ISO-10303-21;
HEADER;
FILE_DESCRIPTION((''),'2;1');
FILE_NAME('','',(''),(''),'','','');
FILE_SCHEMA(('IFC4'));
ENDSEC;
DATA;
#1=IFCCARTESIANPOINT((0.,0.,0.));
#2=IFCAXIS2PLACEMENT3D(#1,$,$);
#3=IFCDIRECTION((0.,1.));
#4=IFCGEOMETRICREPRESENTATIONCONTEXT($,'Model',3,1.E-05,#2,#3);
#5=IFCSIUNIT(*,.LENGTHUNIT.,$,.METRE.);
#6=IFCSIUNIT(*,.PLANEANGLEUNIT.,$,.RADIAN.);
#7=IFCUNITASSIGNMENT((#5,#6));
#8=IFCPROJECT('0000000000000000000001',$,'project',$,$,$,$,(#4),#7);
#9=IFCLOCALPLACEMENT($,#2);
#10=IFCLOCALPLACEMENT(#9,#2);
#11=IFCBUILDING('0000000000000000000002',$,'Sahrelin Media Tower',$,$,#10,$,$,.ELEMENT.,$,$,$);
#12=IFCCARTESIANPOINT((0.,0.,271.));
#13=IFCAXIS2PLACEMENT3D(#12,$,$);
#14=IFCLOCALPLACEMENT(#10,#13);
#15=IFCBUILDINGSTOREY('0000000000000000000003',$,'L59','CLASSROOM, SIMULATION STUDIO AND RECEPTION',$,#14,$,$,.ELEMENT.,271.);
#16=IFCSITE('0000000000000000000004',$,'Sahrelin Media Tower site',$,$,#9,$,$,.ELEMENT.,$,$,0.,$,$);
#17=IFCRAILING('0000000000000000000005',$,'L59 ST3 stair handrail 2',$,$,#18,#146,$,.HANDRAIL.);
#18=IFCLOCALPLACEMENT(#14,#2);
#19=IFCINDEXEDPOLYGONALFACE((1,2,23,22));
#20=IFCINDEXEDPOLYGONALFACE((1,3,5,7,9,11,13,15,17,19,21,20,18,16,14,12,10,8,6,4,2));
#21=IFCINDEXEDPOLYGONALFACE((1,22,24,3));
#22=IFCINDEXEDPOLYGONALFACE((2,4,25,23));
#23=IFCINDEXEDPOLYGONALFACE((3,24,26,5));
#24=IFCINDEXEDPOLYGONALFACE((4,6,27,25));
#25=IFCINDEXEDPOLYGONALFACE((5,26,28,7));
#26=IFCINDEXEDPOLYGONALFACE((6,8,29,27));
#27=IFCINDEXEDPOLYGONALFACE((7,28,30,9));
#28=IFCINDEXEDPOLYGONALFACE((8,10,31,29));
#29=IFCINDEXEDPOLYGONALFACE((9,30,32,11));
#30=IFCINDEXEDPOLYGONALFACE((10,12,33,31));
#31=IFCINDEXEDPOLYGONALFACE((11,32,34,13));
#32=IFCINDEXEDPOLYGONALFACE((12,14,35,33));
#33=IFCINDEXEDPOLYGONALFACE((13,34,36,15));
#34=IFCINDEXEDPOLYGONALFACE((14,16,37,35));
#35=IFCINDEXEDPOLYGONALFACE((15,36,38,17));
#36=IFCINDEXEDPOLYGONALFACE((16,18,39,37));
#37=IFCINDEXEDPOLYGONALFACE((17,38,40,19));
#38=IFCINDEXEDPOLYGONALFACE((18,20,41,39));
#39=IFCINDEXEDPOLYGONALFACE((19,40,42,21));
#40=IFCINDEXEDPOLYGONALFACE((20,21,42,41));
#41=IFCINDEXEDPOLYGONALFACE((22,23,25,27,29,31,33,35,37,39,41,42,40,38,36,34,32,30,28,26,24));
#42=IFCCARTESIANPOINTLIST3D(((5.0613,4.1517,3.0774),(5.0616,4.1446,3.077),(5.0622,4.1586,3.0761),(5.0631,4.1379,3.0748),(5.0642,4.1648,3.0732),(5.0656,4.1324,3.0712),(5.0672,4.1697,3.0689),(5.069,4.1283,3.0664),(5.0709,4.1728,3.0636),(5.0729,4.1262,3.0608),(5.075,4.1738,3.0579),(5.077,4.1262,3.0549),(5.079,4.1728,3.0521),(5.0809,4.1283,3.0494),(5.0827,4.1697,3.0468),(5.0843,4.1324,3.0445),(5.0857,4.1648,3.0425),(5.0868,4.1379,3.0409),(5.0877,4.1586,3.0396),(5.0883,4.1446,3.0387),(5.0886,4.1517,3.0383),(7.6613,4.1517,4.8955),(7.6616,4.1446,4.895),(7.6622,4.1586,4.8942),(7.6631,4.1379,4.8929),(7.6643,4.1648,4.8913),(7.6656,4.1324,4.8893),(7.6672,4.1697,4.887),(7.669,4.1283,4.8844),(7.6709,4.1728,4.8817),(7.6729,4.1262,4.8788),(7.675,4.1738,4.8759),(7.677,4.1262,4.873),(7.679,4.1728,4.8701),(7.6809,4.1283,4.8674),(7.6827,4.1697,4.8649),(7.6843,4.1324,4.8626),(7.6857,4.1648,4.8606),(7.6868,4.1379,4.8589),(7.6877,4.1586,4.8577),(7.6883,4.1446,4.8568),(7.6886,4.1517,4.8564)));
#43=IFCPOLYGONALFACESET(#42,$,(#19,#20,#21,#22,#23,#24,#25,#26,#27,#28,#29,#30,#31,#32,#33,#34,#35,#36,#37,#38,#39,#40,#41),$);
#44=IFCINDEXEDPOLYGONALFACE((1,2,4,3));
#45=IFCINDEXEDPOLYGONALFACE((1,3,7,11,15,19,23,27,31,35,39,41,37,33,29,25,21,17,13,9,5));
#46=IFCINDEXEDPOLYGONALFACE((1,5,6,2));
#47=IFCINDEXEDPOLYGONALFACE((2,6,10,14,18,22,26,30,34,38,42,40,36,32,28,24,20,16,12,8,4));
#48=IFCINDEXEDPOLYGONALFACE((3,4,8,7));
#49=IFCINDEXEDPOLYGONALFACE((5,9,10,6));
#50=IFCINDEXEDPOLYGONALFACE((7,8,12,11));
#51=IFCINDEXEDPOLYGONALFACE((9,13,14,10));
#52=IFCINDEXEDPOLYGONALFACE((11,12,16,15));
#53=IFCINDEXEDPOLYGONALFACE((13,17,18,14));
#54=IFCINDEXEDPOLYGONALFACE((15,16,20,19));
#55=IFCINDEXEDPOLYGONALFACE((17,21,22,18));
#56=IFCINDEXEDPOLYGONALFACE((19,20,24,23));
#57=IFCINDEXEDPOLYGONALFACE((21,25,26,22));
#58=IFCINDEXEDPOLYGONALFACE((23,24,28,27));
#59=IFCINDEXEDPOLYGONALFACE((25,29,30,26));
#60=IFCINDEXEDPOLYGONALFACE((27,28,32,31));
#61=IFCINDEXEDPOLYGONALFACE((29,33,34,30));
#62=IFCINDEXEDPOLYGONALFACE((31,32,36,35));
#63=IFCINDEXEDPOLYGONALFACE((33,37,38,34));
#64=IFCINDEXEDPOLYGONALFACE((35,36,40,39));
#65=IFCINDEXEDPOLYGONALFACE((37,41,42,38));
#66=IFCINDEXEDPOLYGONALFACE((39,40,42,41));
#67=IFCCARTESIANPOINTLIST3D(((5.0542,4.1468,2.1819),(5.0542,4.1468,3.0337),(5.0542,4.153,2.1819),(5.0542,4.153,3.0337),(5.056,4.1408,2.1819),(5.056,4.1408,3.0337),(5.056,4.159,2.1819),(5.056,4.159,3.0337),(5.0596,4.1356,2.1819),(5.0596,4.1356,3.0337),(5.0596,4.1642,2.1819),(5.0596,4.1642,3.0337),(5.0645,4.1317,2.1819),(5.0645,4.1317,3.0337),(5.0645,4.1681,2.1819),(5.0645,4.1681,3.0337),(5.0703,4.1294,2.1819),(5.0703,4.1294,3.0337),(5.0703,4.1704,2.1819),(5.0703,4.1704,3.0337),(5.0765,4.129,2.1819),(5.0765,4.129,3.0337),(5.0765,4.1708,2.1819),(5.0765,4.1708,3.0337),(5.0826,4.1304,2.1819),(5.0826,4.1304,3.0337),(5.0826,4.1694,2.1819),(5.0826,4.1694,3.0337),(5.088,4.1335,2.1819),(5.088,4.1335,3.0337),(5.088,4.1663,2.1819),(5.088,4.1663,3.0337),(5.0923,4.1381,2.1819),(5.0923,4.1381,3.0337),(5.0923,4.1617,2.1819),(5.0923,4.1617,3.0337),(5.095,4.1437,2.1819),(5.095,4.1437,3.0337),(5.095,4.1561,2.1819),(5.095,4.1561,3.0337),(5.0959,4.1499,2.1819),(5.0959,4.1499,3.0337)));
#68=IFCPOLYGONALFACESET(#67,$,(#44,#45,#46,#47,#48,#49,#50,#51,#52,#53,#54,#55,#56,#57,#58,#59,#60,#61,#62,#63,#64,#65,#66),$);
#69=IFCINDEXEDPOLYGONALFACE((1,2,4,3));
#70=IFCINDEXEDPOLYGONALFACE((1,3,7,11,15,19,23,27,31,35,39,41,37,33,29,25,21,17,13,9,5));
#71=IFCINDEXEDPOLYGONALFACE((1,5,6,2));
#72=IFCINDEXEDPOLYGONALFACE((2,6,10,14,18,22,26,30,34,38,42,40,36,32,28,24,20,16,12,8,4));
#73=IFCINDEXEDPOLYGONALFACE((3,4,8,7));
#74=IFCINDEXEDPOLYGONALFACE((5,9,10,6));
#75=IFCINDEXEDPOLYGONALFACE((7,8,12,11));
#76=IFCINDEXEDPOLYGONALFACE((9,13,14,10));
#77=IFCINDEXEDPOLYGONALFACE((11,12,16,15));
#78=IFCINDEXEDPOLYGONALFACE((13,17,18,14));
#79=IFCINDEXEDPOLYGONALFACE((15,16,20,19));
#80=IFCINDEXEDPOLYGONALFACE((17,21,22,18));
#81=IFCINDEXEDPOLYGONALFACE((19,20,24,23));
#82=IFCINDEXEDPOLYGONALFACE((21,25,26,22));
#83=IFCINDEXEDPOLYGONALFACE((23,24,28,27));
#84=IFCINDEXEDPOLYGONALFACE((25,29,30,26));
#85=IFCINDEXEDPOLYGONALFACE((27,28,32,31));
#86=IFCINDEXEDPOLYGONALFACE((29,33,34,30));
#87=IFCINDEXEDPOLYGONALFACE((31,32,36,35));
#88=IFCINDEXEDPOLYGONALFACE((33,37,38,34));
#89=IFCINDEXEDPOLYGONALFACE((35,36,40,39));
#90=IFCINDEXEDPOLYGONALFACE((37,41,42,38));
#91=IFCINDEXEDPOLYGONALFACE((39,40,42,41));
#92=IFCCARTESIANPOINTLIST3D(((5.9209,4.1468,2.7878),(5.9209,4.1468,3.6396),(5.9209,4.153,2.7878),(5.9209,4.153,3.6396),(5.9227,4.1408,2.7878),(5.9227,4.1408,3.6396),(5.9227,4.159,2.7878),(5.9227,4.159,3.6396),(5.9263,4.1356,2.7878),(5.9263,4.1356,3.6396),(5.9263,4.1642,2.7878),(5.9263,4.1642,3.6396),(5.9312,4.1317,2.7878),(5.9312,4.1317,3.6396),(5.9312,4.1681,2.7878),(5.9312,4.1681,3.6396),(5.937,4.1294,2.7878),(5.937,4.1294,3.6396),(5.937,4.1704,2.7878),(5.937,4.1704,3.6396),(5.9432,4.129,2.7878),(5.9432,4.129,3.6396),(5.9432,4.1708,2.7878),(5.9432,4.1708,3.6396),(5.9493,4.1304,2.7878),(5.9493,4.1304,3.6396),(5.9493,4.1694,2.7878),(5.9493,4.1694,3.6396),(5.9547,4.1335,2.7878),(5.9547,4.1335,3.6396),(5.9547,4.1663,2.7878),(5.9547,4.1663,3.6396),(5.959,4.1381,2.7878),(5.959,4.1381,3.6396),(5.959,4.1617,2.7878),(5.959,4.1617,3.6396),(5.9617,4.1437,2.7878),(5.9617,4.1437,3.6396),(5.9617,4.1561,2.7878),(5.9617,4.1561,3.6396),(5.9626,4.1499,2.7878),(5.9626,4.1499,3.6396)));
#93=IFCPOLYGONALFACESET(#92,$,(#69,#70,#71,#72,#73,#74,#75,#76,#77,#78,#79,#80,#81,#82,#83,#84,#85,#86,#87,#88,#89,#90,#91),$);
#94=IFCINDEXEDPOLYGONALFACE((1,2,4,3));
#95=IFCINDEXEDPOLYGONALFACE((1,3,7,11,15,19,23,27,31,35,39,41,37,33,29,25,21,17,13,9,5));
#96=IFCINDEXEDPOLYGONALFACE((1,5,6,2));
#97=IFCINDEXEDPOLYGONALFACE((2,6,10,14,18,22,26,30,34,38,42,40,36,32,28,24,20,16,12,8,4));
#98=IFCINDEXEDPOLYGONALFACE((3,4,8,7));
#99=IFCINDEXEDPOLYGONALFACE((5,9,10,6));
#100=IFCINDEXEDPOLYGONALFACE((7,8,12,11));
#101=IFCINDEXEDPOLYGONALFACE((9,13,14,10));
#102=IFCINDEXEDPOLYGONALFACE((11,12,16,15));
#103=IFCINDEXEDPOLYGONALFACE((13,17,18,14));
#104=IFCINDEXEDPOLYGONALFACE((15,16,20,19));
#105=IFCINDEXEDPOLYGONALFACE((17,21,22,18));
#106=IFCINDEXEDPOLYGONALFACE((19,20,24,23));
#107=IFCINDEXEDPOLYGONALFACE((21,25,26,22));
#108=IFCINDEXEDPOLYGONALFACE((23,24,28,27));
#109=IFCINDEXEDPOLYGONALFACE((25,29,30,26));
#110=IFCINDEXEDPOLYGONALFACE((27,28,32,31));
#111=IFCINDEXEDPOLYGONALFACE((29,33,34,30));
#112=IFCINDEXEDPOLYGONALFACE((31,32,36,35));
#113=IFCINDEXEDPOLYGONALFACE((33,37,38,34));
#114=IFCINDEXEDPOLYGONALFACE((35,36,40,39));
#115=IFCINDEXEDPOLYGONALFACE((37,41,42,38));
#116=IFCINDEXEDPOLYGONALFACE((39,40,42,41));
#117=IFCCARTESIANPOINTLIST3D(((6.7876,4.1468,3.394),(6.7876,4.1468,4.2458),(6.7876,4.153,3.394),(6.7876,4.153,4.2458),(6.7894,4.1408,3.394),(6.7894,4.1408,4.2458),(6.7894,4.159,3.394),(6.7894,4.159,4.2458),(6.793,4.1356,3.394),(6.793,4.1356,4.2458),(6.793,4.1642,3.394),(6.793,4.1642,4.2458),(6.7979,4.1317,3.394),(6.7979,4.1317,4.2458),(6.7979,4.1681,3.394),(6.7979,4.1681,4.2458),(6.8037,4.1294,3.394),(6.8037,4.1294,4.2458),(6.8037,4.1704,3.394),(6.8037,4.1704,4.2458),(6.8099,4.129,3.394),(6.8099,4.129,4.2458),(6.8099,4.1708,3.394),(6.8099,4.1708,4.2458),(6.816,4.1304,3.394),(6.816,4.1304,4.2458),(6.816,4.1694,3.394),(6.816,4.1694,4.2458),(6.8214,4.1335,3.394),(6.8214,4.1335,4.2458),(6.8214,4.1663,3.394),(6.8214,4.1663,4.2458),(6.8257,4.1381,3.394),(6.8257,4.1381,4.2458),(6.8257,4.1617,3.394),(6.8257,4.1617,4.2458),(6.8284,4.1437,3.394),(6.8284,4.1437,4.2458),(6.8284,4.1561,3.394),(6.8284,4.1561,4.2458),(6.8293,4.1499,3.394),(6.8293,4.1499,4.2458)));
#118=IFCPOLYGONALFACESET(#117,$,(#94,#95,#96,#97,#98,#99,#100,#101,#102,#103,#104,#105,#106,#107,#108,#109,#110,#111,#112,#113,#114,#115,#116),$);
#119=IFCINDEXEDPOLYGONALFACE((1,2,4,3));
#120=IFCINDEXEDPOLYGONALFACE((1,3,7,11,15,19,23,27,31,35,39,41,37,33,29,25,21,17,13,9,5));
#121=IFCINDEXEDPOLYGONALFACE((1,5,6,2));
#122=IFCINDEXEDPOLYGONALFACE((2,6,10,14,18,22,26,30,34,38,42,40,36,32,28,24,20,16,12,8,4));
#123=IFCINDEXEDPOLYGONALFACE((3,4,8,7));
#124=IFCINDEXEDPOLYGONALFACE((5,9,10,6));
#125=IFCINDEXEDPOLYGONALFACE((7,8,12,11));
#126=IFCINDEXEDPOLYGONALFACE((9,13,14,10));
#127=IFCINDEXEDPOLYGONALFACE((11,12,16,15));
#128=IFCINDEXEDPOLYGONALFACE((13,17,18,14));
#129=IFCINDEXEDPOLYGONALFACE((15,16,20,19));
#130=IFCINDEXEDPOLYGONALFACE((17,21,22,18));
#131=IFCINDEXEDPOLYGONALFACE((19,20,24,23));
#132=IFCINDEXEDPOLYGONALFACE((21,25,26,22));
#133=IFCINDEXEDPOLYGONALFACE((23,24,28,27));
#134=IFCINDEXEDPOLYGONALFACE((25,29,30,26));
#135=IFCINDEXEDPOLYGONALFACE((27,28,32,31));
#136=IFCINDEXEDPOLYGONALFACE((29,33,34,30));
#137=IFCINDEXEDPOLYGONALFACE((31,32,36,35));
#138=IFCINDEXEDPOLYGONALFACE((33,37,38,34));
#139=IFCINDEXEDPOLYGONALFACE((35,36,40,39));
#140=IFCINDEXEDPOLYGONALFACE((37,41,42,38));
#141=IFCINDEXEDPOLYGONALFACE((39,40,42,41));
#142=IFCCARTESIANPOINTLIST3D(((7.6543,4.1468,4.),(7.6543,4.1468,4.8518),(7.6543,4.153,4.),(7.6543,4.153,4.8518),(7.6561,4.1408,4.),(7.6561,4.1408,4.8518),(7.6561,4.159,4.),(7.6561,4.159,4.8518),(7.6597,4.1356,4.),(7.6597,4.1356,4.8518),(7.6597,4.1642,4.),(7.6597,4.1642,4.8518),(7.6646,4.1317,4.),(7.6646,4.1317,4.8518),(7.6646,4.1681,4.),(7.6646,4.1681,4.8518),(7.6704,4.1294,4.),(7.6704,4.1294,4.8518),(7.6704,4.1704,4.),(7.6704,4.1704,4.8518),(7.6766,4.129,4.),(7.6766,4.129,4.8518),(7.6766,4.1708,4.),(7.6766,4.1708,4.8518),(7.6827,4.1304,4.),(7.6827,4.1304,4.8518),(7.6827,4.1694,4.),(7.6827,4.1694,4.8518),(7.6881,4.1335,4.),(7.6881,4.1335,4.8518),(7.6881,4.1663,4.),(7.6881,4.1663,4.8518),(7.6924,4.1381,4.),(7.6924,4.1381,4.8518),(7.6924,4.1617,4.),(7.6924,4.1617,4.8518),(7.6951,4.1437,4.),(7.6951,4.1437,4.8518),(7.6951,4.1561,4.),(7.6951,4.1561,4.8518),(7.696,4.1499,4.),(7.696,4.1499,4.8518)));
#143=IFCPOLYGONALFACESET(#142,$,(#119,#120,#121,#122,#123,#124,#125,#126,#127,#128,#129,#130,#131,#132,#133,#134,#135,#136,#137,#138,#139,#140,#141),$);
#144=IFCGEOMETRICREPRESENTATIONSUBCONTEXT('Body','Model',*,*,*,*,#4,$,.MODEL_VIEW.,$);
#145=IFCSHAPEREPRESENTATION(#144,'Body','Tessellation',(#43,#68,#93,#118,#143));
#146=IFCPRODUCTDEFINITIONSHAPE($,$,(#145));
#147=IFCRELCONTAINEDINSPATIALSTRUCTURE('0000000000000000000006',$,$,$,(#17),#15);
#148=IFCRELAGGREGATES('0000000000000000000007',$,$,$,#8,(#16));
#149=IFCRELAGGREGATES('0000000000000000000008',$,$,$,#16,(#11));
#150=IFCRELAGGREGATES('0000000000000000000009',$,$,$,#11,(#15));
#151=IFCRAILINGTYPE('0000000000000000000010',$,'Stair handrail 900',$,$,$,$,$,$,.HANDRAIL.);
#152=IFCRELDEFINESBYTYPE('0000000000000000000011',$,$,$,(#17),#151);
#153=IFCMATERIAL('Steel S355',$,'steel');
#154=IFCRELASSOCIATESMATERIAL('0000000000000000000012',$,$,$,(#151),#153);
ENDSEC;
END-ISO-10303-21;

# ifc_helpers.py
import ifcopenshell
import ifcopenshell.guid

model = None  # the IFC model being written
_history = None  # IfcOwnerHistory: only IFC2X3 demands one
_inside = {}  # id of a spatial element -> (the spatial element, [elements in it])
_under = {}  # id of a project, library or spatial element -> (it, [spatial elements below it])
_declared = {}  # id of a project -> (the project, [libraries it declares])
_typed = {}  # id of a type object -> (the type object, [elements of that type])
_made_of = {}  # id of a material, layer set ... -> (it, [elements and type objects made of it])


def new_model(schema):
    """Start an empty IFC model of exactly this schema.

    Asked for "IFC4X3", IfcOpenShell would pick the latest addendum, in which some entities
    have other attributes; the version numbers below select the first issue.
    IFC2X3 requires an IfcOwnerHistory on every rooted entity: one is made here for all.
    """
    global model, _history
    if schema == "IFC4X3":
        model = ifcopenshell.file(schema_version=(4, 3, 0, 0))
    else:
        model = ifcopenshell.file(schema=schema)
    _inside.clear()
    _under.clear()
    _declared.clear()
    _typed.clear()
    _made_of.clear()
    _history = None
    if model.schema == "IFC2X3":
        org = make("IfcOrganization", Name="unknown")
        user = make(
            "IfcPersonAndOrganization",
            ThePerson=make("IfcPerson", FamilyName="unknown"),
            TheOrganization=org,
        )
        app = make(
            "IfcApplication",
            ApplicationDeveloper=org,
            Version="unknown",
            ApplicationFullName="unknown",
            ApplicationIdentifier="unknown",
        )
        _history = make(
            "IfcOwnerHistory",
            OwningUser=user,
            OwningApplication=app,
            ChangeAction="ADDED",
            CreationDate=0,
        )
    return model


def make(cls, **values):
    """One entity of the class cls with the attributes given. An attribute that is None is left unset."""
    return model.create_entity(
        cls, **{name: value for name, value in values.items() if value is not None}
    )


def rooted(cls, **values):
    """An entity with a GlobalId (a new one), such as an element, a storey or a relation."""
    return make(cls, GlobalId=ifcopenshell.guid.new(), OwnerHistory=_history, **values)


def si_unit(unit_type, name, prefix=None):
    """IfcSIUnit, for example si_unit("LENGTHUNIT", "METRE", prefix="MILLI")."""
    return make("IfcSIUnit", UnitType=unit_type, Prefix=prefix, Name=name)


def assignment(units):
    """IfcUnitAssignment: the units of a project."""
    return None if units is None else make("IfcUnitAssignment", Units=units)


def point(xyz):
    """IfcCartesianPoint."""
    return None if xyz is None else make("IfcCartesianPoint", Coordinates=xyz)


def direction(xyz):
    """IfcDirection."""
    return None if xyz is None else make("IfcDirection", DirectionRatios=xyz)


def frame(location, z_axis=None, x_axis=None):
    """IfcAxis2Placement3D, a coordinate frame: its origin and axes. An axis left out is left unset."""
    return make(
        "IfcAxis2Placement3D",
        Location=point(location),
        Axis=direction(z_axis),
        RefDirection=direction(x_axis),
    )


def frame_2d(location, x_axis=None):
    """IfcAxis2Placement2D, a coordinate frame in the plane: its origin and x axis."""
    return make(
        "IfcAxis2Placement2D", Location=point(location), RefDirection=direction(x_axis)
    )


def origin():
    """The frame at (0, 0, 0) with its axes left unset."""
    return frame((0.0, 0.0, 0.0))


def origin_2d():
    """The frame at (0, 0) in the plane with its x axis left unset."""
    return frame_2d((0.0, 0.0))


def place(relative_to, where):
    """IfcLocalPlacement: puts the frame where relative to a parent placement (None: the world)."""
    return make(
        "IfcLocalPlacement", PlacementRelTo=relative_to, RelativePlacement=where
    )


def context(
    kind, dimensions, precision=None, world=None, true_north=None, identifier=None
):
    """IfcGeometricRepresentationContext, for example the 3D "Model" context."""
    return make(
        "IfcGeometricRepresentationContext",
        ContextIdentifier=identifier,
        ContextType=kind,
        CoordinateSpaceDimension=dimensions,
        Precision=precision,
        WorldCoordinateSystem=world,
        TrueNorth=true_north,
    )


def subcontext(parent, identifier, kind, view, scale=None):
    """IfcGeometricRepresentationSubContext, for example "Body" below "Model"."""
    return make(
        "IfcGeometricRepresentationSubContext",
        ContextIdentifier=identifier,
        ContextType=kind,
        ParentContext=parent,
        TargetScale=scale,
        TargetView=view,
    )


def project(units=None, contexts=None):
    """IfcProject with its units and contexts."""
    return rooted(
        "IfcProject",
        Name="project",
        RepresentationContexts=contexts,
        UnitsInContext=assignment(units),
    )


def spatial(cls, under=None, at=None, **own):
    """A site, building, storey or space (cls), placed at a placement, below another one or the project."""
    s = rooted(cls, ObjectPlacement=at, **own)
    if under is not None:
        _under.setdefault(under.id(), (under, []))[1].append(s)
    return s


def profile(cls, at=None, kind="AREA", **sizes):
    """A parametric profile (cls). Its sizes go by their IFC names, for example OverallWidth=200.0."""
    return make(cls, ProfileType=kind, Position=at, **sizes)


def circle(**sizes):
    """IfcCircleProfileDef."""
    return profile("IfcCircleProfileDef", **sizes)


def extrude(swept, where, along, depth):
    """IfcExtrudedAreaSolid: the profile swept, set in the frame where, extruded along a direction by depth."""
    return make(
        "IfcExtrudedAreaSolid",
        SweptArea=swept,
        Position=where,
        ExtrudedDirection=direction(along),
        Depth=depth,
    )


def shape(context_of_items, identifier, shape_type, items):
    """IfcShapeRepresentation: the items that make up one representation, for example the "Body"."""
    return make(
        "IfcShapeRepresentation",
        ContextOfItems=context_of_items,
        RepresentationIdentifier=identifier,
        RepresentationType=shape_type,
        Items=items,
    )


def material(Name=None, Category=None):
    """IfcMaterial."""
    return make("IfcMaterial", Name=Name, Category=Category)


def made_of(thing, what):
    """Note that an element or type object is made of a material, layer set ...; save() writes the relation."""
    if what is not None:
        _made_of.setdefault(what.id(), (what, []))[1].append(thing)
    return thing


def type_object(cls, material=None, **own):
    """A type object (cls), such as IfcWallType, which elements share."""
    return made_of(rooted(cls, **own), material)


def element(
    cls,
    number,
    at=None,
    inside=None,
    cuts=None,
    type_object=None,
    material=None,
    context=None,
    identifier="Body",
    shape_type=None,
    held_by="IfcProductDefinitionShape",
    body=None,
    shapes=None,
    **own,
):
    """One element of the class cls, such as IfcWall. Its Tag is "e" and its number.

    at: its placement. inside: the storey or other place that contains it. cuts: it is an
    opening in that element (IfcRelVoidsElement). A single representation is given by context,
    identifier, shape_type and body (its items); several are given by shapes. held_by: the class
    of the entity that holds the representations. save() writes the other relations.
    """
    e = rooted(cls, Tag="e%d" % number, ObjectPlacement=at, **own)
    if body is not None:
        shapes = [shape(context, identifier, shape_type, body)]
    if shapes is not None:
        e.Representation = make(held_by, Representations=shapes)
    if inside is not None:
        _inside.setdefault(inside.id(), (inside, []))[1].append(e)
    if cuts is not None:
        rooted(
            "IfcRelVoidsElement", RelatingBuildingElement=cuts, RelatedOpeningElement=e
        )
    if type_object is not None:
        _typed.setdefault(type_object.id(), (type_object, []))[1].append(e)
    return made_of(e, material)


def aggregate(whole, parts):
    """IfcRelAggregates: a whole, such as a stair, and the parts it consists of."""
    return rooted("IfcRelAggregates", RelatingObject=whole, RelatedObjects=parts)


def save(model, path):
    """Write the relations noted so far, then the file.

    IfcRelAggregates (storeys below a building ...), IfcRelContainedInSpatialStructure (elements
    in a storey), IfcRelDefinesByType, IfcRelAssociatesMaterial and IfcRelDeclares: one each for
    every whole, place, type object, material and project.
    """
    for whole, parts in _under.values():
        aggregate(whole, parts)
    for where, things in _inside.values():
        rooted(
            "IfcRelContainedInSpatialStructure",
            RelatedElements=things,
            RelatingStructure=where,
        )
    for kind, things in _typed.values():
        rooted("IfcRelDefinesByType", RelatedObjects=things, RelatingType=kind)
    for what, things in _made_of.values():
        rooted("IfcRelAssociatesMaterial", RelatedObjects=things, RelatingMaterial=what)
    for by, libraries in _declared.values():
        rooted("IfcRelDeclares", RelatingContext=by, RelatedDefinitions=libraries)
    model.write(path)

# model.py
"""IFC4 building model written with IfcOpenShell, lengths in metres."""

from ifc_helpers import new_model, si_unit, direction, frame, origin, origin_2d, place, context, subcontext, project, spatial, circle, extrude, material, type_object, element, save


model = new_model("IFC4")

# Units and contexts
model_context = context("Model", 3, precision=1e-05, world=origin(), true_north=direction((0.0, 1.0)))
body_context = subcontext(model_context, "Body", "Model", "MODEL_VIEW")
ifc_project = project(units=[si_unit("LENGTHUNIT", "METRE"), si_unit("PLANEANGLEUNIT", "RADIAN")], contexts=[model_context])

# Site, building, storey
site_placement = place(None, origin())
site = spatial("IfcSite", under=ifc_project, at=site_placement, Name="Sahrelin Media Tower site", CompositionType="ELEMENT", RefElevation=0.0)
building_placement = place(site_placement, origin())
building = spatial("IfcBuilding", under=site, at=building_placement, Name="Sahrelin Media Tower", CompositionType="ELEMENT")
storey_placement = place(building_placement, frame((0.0, 0.0, 271.0)))
storey = spatial("IfcBuildingStorey", under=building, at=storey_placement, Name="L59", Description="CLASSROOM, SIMULATION STUDIO AND RECEPTION", CompositionType="ELEMENT", Elevation=271.0)

# Shared definitions
ifc_material_1 = material(Name="Steel S355", Category="steel")

# Railing
railing_type_1 = type_object("IfcRailingType", Name="Stair handrail 900", PredefinedType="HANDRAIL", material=ifc_material_1)
railing_1_placement = place(storey_placement, frame((5.075, 4.1499, 2.1819)))
element("IfcRailing", 1, at=railing_1_placement, inside=storey, type_object=railing_type_1, Name="L59 ST3 stair handrail 2", PredefinedType="HANDRAIL", context=body_context, shape_type="SweptSolid", body=[
    extrude(circle(Radius=0.0239, at=origin_2d()), frame((0.0, 0.0, 0.876), z_axis=(0.819521, 0.0, 0.573049), x_axis=(0.0, 1.0, 0.0)), (0.0, 0.0, 1.0), 3.1726),
    extrude(circle(Radius=0.021, at=origin_2d()), origin(), (0.0, 0.0, 1.0), 0.8518),
    extrude(circle(Radius=0.021, at=origin_2d()), frame((0.8667, 0.0, 0.606)), (0.0, 0.0, 1.0), 0.8518),
    extrude(circle(Radius=0.021, at=origin_2d()), frame((1.7334, 0.0, 1.2122)), (0.0, 0.0, 1.0), 0.8518),
    extrude(circle(Radius=0.021, at=origin_2d()), frame((2.6001, 0.0, 1.8181)), (0.0, 0.0, 1.0), 0.8518),
])

save(model, "model.ifc")
